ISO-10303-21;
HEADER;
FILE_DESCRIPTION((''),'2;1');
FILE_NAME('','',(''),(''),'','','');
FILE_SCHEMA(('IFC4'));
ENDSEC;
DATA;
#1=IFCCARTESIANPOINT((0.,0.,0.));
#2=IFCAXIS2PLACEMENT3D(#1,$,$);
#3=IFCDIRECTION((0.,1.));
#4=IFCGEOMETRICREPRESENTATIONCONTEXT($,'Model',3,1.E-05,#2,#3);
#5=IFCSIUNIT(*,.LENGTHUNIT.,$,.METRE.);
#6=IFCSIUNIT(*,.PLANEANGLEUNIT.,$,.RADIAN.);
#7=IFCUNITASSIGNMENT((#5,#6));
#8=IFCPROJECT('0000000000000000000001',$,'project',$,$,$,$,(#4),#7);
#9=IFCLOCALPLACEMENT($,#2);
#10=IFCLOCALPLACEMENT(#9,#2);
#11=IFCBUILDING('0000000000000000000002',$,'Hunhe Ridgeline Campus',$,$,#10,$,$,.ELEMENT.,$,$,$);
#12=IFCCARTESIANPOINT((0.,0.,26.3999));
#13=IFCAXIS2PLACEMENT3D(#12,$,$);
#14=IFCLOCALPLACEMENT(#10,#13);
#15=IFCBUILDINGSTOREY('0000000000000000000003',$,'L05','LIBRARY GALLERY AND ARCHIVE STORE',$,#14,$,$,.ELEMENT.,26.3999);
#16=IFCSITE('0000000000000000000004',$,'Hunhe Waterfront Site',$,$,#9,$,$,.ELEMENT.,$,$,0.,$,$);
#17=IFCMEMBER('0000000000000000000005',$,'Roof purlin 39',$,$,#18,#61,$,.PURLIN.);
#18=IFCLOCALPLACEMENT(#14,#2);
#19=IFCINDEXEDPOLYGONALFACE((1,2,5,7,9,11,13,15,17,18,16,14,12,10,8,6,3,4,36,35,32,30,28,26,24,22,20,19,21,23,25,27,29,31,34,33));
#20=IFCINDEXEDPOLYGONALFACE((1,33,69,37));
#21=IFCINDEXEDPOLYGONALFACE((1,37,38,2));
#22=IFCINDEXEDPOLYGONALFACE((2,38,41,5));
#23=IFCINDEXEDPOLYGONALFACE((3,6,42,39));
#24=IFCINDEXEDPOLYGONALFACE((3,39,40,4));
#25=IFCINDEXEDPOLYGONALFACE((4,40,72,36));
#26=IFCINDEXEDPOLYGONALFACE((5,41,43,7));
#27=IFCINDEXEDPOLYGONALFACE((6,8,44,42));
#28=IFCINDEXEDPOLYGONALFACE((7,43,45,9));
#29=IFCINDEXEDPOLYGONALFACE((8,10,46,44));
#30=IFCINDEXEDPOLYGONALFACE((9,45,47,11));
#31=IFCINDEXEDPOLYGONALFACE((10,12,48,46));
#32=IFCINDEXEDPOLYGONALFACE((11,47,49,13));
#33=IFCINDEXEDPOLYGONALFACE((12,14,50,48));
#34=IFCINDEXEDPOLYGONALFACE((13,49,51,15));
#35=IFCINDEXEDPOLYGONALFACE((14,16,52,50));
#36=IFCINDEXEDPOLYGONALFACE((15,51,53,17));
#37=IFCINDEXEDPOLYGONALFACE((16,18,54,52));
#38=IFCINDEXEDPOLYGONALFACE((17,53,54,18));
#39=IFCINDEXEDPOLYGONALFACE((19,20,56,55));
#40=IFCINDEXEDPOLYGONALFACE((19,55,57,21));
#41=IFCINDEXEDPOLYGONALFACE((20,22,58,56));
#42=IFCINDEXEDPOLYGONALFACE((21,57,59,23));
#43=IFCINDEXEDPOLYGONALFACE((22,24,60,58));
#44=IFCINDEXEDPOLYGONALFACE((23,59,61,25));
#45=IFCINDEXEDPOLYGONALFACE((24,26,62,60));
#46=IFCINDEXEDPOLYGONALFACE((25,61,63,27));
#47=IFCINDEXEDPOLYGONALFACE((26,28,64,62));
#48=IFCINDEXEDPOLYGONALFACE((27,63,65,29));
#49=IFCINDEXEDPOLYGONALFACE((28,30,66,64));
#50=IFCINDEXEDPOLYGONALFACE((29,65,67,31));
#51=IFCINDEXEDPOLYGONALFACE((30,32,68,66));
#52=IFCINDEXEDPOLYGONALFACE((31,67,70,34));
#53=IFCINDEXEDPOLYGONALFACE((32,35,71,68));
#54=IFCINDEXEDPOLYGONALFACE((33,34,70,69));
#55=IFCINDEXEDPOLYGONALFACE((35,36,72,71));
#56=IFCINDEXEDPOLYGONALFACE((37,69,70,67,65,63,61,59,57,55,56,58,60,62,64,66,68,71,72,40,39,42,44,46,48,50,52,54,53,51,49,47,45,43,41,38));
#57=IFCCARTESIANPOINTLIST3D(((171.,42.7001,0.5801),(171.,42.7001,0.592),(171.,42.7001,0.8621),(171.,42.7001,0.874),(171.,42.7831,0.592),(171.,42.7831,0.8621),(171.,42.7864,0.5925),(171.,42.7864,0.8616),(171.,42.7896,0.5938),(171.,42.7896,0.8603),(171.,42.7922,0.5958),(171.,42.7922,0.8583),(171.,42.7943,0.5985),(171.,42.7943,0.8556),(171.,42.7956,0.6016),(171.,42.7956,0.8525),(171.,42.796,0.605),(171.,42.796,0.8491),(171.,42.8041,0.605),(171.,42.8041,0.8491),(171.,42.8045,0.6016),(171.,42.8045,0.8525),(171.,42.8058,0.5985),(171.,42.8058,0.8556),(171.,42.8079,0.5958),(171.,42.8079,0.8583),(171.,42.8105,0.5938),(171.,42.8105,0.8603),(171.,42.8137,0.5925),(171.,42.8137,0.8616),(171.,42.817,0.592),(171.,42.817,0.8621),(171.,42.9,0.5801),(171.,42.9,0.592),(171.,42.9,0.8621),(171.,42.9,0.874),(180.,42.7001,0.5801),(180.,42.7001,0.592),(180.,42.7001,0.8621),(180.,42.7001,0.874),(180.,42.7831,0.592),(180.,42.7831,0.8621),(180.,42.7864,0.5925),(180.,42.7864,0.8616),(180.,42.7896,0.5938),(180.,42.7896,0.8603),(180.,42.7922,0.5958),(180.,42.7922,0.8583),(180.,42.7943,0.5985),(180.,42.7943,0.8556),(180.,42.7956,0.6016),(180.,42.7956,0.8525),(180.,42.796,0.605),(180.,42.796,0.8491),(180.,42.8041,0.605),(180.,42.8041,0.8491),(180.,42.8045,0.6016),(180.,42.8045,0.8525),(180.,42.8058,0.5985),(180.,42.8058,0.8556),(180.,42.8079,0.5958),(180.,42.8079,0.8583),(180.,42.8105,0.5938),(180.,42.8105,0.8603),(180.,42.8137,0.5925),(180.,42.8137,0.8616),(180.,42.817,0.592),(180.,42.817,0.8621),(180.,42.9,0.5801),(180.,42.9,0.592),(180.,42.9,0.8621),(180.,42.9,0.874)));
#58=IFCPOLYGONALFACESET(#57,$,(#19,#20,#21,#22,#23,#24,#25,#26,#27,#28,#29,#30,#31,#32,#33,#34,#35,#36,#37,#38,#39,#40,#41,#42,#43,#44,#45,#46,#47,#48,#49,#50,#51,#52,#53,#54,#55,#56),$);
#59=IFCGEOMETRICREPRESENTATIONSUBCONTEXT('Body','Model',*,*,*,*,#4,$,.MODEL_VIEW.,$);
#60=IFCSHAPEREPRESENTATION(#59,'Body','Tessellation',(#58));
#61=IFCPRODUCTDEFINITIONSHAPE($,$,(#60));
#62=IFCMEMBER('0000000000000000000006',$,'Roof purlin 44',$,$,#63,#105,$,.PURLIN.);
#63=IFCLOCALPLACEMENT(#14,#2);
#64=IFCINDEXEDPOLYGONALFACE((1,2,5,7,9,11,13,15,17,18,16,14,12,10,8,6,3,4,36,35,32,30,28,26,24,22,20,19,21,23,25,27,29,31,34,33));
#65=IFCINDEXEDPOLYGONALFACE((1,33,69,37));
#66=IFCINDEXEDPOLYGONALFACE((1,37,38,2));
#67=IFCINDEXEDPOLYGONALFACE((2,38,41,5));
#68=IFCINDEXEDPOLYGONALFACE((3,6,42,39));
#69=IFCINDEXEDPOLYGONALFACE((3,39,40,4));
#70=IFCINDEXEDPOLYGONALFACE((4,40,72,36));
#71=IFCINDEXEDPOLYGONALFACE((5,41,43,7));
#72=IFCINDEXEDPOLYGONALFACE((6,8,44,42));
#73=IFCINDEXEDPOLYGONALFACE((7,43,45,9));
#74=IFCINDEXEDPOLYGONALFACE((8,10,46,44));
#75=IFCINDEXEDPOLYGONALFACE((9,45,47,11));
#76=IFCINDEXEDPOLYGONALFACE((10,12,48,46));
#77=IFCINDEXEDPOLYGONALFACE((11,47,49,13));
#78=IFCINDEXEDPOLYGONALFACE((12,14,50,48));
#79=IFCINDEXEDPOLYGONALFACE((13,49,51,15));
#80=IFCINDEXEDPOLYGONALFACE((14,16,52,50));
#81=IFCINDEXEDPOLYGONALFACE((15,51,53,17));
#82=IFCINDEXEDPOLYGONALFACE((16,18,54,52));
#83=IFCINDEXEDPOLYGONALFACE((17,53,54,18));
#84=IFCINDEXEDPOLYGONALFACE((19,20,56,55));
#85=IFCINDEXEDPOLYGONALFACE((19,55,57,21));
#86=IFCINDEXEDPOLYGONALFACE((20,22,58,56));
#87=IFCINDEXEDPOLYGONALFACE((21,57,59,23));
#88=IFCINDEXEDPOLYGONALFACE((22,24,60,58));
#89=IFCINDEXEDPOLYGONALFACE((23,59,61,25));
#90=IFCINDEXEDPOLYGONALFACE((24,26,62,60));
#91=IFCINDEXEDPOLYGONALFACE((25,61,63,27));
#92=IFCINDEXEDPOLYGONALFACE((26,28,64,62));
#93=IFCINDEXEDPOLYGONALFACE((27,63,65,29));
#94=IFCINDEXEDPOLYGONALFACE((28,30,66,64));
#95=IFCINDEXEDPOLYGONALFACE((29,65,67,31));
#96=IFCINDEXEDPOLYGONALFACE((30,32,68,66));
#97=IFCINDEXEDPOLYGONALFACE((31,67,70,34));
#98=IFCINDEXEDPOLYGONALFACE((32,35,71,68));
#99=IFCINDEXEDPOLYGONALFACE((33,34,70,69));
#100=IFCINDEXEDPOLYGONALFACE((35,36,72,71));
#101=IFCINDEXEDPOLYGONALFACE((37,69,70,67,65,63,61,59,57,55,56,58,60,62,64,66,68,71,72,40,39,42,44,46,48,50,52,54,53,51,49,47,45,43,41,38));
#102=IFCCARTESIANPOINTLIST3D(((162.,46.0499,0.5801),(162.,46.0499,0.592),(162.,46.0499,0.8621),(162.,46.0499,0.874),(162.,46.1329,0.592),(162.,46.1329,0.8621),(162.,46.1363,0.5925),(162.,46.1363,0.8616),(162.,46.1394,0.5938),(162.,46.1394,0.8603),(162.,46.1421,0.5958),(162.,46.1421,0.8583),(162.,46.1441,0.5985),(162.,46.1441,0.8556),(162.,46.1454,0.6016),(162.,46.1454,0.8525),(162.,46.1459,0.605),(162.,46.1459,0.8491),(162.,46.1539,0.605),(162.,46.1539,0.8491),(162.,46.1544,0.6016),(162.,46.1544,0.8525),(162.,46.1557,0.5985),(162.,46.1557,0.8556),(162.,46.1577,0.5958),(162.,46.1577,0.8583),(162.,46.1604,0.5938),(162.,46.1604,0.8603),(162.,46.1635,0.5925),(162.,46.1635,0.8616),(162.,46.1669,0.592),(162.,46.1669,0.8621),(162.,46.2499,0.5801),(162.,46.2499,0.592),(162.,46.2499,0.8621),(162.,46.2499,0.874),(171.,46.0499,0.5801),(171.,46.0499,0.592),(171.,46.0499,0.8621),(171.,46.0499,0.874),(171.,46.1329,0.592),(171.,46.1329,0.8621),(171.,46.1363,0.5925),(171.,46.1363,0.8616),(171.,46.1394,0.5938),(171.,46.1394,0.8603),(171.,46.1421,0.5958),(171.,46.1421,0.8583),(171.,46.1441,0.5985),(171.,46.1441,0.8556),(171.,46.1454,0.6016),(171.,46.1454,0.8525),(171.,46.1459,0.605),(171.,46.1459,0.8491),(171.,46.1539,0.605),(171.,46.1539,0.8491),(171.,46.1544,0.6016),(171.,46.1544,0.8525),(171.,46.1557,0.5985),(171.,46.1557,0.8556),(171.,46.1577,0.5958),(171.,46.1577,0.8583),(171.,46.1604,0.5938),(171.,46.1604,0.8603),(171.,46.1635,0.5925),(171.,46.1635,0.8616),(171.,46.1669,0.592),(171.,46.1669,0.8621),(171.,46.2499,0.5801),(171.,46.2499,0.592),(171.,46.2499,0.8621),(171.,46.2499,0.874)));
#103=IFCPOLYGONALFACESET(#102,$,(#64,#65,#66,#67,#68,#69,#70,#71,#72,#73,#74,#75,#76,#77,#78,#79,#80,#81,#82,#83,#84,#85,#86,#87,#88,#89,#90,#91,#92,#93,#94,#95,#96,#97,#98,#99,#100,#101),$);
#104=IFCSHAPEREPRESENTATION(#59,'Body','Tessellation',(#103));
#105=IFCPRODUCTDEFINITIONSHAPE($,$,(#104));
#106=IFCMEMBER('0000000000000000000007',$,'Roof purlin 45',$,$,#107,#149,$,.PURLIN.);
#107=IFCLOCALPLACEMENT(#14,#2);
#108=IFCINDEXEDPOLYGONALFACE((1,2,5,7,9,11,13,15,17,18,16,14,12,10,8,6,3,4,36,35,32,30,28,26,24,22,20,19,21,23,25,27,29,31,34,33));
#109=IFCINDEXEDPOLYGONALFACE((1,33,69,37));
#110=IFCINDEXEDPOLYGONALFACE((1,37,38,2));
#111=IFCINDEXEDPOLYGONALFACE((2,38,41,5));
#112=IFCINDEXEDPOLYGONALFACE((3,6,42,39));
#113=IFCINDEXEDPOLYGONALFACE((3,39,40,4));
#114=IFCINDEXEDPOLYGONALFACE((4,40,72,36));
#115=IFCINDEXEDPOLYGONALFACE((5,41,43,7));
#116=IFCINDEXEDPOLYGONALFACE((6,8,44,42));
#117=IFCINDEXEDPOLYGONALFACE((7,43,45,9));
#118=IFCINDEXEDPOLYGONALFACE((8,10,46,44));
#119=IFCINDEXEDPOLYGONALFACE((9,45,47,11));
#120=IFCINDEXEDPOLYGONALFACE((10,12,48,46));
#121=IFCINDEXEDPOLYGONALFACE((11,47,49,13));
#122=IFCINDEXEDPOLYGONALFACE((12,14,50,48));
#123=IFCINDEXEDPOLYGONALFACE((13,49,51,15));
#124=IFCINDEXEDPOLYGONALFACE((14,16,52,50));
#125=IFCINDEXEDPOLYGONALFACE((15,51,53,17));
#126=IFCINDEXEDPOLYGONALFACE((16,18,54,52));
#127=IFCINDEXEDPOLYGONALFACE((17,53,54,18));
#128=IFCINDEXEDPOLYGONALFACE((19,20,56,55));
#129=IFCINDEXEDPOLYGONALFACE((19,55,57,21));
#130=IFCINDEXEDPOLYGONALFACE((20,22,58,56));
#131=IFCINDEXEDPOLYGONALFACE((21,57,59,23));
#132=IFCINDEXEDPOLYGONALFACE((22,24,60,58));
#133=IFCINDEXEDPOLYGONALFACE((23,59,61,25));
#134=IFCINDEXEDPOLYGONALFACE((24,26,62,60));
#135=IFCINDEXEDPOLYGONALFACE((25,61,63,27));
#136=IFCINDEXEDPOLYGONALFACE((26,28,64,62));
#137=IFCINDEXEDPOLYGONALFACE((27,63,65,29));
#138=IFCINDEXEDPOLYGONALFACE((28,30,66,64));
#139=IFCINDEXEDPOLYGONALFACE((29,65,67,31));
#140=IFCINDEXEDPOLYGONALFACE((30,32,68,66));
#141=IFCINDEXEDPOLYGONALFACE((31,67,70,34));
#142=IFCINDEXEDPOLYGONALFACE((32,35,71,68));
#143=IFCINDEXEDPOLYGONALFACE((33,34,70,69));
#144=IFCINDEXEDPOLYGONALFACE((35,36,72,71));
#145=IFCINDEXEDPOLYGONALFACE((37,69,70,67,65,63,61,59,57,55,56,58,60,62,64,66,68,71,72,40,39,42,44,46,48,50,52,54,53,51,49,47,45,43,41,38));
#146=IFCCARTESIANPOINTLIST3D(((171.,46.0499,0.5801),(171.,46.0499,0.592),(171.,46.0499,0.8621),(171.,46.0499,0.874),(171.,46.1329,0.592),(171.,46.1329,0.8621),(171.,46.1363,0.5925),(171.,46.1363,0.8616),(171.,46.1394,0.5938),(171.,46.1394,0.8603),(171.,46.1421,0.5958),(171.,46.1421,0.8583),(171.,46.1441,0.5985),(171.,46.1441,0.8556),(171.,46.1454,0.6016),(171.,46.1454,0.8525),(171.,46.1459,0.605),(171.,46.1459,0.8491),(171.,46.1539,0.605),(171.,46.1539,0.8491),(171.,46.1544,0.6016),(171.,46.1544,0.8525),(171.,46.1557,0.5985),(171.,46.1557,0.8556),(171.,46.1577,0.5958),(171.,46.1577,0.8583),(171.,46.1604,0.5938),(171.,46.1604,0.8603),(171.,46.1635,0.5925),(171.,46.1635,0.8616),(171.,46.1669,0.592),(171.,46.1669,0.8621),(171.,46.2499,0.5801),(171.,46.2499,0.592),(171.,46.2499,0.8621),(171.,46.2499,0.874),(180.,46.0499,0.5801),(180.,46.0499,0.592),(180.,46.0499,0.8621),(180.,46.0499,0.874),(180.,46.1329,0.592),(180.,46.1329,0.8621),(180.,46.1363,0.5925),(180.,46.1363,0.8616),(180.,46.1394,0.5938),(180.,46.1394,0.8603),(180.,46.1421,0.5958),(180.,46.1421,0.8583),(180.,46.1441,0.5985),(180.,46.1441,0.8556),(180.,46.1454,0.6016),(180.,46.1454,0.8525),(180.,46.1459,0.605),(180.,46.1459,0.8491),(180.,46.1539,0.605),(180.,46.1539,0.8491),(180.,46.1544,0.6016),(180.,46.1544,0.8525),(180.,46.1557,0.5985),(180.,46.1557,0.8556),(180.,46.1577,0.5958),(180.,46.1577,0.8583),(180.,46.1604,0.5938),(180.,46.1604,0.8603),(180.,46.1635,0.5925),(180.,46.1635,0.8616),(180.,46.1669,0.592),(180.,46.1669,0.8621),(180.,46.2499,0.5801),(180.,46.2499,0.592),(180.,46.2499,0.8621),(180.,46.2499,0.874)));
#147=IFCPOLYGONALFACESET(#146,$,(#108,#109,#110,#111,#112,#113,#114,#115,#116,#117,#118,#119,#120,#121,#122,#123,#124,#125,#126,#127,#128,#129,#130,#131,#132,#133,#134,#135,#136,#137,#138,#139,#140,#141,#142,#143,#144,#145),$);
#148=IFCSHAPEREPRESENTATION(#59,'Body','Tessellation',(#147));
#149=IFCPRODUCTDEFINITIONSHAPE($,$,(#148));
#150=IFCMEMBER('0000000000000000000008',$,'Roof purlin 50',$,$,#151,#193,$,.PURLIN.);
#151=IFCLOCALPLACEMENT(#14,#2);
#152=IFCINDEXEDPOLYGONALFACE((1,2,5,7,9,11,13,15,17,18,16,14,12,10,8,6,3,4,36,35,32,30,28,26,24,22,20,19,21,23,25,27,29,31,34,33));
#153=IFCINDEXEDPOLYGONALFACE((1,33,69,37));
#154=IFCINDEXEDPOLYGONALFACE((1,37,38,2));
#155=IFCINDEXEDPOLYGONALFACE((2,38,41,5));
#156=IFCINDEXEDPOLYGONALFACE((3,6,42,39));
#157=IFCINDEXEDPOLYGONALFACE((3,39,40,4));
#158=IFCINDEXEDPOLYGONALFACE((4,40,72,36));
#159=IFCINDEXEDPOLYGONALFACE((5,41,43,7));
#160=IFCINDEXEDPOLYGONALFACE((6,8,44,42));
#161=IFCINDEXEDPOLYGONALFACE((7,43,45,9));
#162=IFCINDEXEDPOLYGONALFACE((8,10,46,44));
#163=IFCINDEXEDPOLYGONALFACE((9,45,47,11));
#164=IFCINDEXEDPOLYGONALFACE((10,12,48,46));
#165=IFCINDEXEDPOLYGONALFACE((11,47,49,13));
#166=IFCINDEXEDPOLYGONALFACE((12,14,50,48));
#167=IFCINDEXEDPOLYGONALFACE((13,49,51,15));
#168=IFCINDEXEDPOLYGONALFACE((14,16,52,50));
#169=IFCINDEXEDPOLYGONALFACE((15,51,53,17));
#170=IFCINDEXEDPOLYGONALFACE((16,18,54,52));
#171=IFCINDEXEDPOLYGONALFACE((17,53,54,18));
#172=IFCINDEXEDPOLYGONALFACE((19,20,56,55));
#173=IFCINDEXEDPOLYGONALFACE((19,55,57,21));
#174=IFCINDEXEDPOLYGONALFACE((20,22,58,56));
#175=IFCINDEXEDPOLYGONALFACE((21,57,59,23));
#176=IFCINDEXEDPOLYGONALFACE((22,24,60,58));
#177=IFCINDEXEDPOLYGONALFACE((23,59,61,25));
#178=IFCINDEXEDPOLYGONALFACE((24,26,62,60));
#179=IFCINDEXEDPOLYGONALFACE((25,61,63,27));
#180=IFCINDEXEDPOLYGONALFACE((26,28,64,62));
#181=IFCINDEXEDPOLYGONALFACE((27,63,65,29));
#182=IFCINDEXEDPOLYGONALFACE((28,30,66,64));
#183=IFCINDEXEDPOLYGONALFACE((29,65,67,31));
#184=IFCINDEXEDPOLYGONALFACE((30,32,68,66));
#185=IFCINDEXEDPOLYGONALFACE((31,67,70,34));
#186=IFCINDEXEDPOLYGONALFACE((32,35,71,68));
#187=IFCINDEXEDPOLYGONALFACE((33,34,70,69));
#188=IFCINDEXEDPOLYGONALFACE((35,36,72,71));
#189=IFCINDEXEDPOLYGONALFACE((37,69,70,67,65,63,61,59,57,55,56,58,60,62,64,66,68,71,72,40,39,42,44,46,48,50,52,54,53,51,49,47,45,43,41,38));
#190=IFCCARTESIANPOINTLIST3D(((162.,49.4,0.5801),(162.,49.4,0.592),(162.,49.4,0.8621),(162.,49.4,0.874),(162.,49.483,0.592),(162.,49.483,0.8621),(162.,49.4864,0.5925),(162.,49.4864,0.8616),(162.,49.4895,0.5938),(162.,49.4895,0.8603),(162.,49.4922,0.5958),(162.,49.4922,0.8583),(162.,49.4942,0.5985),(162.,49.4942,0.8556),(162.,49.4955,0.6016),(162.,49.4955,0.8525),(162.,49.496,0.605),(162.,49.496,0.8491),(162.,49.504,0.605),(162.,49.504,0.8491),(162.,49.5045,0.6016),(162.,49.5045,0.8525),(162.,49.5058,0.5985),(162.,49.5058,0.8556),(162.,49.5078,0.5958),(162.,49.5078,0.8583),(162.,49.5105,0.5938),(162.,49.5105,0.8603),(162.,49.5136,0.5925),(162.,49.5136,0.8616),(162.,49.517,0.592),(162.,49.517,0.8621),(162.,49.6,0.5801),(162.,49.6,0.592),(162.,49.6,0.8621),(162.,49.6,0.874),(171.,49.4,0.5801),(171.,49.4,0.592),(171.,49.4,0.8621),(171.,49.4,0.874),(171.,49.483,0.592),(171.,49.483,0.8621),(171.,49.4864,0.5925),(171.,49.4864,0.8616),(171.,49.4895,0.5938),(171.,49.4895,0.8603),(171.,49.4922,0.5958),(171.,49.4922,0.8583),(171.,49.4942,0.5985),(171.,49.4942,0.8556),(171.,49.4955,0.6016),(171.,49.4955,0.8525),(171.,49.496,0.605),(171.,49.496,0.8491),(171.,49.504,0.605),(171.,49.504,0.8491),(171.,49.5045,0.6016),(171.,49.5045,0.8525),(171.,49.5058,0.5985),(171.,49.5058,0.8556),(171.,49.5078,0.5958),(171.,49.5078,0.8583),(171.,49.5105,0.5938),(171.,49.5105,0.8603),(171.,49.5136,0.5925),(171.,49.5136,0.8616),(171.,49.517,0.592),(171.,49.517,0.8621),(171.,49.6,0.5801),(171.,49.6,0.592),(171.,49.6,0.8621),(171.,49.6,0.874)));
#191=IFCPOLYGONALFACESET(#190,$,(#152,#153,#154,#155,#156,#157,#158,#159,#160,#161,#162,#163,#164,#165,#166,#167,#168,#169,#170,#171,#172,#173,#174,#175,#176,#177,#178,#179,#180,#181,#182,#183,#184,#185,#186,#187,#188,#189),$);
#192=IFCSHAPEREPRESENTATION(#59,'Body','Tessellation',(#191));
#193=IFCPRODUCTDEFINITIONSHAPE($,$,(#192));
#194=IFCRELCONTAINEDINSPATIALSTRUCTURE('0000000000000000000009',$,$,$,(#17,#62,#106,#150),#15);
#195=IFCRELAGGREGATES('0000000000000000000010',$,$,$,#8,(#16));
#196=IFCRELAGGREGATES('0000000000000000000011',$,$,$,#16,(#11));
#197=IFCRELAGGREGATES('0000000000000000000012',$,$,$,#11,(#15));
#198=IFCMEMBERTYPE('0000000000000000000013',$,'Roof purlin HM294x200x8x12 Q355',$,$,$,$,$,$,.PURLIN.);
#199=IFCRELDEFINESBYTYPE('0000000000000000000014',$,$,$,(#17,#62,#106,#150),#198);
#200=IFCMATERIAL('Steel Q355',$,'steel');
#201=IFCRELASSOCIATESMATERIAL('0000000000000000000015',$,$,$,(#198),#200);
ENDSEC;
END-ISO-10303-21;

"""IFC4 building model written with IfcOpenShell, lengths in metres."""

from ifc_helpers import new_model, si_unit, direction, frame, origin, origin_2d, place, context, subcontext, project, spatial, i_section, extrude, material, material_profile, profile_set, type_object, element, save


model = new_model("IFC4")

# Units and contexts
model_context = context("Model", 3, precision=1e-05, world=origin(), true_north=direction((0.0, 1.0)))
body_context = subcontext(model_context, "Body", "Model", "MODEL_VIEW")
ifc_project = project(units=[si_unit("LENGTHUNIT", "METRE"), si_unit("PLANEANGLEUNIT", "RADIAN")], contexts=[model_context])

# Site, building, storey
site_placement = place(None, origin())
site = spatial("IfcSite", under=ifc_project, at=site_placement, Name="Hunhe Waterfront Site", CompositionType="ELEMENT", RefElevation=0.0)
building_placement = place(site_placement, origin())
building = spatial("IfcBuilding", under=site, at=building_placement, Name="Hunhe Ridgeline Campus", CompositionType="ELEMENT")
storey_placement = place(building_placement, frame((0.0, 0.0, 26.3999)))
storey = spatial("IfcBuildingStorey", under=building, at=storey_placement, Name="L05", Description="LIBRARY GALLERY AND ARCHIVE STORE", CompositionType="ELEMENT", Elevation=26.3999)

# Members
ifc_material = material(Name="Steel Q355", Category="steel")
ifc_material_profile_1 = material_profile(ifc_material, i_section(OverallWidth=0.2, OverallDepth=0.2939, WebThickness=0.0081, FlangeThickness=0.012, FilletRadius=0.0129, at=origin_2d()))
ifc_profile_set_1 = profile_set([ifc_material_profile_1], Name="Steel Q355")
member_type_1 = type_object("IfcMemberType", Name="Roof purlin HM294x200x8x12 Q355", PredefinedType="PURLIN", material=ifc_profile_set_1)
for number, where, z_axis, x_axis, name in (
    (1, (171.0, 42.8, 0.7271), (1.0, 0.0, 0.0), (0.0, 1.0, 0.0), "Roof purlin 39"),
    (2, (162.0, 46.1499, 0.7271), (1.0, 0.0, 0.0), (0.0, 1.0, 0.0), "Roof purlin 44"),
    (3, (171.0, 46.1499, 0.7271), (1.0, 0.0, 0.0), (0.0, 1.0, 0.0), "Roof purlin 45"),
    (4, (162.0, 49.5, 0.7271), (1.0, 0.0, 0.0), (0.0, 1.0, 0.0), "Roof purlin 50"),
):
    element("IfcMember", number, at=place(storey_placement, frame(where, z_axis=z_axis, x_axis=x_axis)), inside=storey, type_object=member_type_1, Name=name, PredefinedType="PURLIN", context=body_context, shape_type="SweptSolid", body=[
        extrude(i_section(OverallWidth=0.2, OverallDepth=0.2939, WebThickness=0.0081, FlangeThickness=0.012, FilletRadius=0.0129, at=origin_2d()), origin(), (0.0, 0.0, 1.0), 9.0),
    ])

save(model, "model.ifc")
